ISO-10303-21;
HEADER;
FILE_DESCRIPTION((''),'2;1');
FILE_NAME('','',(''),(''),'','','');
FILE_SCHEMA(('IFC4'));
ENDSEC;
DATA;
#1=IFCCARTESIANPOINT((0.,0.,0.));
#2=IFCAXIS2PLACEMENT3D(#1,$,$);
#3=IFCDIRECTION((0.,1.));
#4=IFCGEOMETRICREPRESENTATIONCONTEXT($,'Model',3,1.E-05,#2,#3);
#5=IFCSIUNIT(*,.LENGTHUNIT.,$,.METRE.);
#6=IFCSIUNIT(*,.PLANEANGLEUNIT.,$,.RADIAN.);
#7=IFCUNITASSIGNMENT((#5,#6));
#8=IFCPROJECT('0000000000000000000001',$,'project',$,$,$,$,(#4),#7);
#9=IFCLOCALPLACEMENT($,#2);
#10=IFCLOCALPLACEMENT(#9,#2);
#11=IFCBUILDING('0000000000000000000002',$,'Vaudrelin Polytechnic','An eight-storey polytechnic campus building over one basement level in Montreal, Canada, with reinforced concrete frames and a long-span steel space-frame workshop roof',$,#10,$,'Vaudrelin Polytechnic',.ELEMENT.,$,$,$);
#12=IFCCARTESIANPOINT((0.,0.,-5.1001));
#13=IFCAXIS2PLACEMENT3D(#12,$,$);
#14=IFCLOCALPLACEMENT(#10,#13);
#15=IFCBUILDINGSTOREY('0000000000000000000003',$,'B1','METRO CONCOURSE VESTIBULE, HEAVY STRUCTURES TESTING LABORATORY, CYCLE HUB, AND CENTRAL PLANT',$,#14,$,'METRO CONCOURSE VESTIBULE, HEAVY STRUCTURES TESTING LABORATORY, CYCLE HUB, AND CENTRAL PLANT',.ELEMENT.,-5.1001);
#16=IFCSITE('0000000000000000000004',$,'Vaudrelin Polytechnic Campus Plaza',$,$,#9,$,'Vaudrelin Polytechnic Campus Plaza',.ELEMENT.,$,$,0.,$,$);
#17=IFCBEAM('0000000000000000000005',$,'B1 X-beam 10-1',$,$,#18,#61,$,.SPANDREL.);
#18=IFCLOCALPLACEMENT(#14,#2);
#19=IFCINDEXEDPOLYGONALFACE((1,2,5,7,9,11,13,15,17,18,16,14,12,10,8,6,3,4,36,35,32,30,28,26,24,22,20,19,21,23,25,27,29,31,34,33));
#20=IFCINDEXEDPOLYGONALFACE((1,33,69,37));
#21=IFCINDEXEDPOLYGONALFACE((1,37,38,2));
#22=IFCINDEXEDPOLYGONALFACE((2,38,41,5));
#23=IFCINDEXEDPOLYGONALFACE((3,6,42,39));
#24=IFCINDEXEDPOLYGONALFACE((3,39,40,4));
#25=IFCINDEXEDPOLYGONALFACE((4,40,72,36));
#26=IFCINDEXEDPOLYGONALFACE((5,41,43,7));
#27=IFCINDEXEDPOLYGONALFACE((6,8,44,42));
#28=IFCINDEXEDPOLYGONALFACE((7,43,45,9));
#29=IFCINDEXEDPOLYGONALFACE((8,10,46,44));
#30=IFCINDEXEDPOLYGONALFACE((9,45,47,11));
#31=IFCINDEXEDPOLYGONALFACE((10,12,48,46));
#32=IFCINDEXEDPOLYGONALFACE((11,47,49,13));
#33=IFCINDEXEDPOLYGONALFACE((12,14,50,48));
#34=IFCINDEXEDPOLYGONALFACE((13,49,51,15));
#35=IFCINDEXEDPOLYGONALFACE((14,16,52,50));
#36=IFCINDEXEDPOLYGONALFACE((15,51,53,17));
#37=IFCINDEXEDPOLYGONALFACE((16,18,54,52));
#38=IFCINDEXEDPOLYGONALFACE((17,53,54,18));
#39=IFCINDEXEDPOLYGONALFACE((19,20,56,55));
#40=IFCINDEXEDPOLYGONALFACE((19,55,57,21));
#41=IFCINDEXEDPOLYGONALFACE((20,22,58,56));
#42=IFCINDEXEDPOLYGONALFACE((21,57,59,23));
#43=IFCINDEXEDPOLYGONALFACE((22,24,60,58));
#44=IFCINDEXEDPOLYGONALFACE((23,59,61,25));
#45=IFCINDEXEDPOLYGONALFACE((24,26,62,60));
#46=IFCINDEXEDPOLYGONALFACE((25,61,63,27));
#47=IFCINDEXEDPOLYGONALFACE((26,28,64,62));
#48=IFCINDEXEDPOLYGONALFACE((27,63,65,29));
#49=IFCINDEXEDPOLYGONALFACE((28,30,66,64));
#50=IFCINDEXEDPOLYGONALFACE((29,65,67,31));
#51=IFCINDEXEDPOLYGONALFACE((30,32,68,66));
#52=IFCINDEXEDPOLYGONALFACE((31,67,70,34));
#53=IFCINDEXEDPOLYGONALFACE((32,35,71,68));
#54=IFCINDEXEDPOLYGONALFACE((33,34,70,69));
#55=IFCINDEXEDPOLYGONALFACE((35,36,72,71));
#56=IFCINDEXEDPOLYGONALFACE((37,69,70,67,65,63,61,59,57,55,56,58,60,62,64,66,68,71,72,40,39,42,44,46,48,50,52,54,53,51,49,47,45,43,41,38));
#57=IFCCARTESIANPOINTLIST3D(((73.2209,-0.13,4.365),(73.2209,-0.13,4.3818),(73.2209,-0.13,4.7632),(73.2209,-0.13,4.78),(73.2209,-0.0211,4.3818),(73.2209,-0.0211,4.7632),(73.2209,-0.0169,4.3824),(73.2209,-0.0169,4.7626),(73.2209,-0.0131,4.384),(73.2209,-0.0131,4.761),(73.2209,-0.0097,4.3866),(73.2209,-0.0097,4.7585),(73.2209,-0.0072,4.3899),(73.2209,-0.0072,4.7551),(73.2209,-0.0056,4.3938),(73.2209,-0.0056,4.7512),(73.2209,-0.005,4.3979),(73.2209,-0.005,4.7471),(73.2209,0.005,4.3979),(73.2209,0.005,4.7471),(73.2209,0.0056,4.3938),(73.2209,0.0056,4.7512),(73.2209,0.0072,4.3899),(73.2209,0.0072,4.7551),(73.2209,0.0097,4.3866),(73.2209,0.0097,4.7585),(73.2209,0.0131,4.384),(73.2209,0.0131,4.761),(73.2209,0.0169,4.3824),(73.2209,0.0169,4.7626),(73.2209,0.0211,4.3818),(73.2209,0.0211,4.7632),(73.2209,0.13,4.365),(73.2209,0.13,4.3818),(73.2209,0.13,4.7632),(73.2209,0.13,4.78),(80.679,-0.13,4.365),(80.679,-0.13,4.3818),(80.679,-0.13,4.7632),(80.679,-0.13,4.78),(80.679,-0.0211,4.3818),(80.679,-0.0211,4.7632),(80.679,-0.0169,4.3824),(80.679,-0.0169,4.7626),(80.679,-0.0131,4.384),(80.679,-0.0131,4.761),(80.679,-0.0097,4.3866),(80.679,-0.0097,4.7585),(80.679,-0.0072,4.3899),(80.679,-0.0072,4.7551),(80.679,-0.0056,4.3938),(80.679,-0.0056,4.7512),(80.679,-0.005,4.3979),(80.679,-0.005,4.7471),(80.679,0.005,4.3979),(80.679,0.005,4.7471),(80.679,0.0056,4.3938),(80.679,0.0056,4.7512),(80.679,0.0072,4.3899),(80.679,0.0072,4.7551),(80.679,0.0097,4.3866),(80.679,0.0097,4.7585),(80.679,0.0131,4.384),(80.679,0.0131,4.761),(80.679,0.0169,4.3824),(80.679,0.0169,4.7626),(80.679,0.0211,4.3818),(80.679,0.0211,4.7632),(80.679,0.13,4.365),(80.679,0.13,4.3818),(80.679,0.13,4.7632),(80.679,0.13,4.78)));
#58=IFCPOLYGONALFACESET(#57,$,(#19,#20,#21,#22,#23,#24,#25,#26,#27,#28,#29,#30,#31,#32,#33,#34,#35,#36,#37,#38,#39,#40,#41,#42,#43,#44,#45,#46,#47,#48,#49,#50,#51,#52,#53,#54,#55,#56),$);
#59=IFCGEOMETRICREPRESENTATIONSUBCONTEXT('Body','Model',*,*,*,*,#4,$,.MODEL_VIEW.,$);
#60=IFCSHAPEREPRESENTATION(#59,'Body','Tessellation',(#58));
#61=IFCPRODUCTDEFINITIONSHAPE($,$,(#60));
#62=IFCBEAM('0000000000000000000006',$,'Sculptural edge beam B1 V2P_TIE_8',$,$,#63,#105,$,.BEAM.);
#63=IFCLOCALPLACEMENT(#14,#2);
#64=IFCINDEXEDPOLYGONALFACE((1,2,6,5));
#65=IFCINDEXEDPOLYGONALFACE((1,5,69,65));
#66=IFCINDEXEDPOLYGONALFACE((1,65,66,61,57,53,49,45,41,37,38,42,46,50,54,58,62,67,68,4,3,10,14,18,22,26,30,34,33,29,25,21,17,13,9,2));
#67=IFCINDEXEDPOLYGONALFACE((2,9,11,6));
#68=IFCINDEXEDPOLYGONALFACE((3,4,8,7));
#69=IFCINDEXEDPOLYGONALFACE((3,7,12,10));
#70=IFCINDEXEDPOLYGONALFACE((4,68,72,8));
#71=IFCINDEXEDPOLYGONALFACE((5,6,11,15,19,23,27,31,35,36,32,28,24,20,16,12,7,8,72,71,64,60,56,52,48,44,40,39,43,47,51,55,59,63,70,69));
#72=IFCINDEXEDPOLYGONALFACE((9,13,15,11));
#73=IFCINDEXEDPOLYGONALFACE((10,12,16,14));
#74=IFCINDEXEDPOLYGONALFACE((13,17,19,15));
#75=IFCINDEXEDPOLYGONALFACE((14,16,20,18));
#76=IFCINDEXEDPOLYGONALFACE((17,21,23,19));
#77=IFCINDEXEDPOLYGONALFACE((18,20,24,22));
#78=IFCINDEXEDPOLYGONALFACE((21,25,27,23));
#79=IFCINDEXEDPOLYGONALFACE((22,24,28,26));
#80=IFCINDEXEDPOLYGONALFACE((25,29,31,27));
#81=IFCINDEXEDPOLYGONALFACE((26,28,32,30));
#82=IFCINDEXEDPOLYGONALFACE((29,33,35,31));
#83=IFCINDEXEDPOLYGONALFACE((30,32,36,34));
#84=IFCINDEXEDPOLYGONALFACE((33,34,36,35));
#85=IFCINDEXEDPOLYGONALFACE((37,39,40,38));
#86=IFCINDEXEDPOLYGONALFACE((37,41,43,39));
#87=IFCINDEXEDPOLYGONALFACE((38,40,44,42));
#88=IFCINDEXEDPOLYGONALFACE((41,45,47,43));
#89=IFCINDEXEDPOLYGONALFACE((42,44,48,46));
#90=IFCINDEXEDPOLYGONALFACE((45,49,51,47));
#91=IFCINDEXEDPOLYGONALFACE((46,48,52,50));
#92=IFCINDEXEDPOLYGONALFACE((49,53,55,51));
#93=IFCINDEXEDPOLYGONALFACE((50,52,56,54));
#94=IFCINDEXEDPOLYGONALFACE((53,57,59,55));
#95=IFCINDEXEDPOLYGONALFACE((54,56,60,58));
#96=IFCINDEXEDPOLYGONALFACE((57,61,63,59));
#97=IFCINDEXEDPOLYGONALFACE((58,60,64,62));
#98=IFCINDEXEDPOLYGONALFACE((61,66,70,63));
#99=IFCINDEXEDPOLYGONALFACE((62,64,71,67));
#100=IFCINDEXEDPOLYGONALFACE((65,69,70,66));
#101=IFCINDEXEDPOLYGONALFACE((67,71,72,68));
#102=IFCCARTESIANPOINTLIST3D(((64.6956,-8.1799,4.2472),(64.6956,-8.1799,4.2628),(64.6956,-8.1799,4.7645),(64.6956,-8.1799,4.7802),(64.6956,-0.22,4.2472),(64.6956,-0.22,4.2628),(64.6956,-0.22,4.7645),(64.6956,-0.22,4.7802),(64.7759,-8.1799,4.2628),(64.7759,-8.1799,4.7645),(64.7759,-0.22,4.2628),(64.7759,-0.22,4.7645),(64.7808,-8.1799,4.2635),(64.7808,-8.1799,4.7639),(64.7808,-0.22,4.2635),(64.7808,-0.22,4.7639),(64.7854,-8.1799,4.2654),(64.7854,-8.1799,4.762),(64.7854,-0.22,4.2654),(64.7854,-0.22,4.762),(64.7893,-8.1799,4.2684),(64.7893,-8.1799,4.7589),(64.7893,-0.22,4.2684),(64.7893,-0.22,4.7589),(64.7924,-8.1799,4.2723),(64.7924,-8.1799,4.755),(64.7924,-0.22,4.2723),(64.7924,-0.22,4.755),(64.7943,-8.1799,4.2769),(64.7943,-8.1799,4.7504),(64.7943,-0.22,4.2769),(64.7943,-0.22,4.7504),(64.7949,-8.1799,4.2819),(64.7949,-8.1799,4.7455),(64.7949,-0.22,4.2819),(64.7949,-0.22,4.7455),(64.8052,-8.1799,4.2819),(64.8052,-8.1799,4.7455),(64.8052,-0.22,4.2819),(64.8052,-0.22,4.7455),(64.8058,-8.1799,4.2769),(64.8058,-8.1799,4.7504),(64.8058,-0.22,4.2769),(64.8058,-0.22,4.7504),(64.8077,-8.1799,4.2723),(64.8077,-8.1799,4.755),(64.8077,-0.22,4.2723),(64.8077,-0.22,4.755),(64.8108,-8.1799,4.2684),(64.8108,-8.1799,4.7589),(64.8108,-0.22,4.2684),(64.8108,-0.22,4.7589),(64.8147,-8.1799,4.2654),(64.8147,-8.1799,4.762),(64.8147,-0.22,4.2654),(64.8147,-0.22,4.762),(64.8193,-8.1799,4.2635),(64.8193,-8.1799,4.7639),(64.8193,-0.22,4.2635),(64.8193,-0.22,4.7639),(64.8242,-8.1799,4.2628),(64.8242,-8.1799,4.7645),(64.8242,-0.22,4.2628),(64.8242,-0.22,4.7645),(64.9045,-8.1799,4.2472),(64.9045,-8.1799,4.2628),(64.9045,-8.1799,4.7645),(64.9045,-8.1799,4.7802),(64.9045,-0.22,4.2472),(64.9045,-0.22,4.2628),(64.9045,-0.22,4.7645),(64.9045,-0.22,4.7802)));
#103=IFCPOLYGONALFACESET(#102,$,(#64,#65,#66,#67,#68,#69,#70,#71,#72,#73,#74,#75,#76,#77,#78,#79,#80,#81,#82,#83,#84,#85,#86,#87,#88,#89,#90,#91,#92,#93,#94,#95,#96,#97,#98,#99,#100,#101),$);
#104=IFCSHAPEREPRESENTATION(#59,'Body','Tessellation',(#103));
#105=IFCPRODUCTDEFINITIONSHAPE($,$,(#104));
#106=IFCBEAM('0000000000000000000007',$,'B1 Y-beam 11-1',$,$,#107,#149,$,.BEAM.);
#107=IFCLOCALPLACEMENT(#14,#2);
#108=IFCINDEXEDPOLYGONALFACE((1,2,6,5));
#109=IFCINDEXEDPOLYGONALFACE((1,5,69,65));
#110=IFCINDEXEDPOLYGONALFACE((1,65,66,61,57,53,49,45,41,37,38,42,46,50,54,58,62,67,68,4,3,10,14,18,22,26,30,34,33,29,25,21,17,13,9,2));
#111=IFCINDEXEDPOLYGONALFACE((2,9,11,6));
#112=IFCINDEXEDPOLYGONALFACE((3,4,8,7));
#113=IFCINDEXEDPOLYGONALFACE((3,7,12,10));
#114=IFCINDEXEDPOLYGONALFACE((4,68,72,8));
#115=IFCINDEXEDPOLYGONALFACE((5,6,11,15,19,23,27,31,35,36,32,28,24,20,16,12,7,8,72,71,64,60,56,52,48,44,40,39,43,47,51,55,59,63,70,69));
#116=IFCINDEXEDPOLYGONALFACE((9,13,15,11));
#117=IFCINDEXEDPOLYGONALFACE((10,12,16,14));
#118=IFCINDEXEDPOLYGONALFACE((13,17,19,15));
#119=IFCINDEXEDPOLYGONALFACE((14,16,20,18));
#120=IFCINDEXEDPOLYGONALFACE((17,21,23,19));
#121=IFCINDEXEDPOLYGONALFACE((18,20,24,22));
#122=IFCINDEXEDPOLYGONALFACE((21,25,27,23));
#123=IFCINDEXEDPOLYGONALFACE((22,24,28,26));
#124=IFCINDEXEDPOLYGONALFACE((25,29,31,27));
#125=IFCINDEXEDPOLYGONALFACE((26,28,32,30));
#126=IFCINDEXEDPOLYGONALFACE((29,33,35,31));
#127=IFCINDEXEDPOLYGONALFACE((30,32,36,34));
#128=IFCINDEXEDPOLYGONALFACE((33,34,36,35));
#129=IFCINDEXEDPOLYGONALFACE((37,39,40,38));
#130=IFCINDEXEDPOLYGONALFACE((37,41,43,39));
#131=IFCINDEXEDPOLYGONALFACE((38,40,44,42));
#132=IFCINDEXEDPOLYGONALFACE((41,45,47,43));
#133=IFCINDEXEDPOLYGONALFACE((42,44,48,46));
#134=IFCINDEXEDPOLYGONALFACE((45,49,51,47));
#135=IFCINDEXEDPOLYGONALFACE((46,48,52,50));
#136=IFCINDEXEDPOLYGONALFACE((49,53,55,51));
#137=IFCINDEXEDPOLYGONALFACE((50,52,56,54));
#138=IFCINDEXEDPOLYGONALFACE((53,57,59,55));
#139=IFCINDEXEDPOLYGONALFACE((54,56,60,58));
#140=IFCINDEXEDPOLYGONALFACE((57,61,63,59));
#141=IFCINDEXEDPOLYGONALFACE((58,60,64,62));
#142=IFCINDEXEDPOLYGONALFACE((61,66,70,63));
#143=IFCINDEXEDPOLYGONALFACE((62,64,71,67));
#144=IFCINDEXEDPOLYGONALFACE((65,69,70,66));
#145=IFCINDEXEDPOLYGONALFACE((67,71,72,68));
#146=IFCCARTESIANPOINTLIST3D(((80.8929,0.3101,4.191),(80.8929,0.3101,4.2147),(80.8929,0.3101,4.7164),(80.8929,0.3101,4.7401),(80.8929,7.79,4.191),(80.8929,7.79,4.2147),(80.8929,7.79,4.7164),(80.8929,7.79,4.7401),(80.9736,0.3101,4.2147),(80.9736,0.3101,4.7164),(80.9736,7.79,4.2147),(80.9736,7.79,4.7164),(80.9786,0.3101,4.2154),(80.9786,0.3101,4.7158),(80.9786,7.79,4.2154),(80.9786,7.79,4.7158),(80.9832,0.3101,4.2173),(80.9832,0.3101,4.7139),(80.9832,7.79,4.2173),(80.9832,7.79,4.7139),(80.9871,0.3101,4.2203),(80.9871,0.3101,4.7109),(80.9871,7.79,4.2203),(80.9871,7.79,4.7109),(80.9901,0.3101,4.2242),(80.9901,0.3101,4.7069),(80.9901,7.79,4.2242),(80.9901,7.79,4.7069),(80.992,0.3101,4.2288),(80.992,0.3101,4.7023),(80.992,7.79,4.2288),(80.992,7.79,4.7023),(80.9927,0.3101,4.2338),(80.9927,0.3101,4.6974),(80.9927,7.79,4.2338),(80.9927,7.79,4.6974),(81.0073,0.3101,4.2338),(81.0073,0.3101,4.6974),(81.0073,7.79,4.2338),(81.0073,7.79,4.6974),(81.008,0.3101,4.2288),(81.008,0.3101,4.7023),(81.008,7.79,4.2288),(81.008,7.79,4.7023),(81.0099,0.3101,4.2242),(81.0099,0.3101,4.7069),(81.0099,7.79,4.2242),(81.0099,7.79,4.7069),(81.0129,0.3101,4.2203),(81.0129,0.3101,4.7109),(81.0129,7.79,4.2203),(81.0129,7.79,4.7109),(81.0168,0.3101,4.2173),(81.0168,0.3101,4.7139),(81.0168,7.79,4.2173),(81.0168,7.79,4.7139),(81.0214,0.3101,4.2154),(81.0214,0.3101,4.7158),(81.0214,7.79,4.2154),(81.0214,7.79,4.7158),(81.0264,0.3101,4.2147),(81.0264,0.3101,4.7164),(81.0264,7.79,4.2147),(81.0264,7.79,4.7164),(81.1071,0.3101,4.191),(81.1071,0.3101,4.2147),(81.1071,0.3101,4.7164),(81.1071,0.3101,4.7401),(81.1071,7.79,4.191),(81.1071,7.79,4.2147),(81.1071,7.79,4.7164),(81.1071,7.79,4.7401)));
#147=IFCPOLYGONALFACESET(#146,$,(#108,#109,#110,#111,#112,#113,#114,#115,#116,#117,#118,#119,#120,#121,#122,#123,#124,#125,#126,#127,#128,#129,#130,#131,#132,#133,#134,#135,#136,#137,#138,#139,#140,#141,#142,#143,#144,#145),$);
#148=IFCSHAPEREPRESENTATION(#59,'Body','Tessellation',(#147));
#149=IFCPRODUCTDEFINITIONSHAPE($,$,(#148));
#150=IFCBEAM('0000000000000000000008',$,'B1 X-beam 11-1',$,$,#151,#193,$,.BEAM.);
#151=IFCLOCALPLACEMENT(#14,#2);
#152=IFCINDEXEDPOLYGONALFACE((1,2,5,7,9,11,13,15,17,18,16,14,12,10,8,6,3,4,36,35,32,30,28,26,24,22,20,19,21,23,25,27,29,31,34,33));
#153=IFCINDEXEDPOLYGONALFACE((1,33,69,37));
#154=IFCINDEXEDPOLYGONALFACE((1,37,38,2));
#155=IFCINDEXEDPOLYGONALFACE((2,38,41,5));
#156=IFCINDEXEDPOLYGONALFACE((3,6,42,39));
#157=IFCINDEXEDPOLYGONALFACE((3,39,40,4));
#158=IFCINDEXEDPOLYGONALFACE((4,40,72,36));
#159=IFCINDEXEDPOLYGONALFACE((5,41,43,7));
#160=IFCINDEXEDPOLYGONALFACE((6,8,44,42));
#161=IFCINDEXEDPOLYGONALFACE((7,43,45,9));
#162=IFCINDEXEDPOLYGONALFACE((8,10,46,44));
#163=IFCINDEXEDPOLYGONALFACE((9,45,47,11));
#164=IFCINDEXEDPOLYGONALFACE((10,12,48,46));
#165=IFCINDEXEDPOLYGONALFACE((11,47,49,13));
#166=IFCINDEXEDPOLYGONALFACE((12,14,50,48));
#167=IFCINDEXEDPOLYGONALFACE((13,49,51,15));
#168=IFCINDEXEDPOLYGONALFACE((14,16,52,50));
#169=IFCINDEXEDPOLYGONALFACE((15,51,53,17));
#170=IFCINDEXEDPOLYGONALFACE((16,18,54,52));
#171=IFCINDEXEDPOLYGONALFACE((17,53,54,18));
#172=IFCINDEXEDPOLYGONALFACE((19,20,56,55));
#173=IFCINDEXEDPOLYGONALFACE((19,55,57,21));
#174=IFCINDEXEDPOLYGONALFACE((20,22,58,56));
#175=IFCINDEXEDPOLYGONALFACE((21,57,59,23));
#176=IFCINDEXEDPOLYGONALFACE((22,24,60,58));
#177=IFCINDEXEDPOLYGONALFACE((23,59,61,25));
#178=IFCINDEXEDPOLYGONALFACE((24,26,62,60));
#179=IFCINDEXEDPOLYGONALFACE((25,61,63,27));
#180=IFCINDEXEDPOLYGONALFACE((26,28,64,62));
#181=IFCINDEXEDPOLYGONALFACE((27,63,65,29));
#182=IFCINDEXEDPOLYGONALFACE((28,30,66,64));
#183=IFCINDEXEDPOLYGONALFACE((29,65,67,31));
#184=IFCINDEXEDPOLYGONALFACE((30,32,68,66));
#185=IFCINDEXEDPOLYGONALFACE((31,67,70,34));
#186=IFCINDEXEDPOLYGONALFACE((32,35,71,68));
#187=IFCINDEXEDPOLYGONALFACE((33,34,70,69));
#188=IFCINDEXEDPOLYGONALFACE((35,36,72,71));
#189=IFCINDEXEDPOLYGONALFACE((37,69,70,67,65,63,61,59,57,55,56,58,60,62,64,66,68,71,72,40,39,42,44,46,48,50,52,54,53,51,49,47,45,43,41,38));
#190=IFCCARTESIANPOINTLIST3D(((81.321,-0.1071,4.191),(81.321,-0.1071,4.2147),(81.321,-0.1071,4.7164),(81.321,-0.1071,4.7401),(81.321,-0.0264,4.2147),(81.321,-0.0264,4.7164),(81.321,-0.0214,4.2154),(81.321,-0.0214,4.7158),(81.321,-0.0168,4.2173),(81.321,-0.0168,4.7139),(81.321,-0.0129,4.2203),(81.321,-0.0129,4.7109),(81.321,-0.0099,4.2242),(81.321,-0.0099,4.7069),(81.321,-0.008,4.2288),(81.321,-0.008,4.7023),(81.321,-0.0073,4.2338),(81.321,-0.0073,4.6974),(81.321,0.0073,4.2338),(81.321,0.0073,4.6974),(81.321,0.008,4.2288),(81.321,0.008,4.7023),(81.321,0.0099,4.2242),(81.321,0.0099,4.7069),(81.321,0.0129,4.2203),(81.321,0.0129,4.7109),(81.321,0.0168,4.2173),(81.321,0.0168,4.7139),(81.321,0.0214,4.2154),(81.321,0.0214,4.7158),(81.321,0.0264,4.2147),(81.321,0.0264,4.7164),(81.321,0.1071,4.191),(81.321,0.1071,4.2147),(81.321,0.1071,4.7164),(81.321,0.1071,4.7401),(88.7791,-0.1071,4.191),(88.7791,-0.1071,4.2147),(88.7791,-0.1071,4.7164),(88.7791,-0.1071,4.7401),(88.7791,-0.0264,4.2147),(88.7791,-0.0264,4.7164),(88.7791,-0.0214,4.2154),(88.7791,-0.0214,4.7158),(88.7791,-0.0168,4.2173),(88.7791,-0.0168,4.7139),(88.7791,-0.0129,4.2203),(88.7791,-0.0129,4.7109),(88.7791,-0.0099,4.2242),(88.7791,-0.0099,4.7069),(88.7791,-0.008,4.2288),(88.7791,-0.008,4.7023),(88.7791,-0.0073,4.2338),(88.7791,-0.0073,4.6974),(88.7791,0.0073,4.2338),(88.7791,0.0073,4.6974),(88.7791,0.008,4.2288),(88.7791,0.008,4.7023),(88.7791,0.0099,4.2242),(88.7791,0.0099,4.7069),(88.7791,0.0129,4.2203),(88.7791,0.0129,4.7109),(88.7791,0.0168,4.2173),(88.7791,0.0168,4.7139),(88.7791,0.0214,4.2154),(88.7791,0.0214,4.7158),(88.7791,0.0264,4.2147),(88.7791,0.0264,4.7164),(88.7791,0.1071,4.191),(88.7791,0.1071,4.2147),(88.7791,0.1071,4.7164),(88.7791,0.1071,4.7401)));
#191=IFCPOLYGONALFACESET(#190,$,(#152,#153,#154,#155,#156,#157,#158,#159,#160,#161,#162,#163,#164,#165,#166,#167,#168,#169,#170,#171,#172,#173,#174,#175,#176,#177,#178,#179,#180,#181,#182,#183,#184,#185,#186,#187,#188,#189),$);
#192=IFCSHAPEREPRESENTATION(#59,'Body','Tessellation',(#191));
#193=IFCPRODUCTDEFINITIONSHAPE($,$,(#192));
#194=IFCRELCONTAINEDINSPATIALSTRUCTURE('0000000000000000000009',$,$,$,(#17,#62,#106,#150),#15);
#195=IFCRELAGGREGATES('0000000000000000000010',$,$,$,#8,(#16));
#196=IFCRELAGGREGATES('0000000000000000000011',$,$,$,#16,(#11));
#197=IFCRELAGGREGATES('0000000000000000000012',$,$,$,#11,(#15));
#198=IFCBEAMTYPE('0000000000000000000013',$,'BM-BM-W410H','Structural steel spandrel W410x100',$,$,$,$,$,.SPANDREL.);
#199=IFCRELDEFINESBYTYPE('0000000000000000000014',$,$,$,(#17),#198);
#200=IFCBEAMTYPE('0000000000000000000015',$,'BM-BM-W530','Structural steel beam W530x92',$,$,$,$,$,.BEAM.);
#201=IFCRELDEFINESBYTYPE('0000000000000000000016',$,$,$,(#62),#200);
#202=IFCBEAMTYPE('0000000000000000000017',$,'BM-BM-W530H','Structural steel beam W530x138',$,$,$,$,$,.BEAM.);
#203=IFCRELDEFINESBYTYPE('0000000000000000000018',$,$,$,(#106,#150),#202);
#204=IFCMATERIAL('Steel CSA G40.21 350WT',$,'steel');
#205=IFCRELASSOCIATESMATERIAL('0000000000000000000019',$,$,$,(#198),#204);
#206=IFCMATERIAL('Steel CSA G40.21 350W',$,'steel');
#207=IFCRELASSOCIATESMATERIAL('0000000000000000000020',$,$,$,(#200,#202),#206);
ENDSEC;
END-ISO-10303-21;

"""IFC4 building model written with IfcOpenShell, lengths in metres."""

from ifc_helpers import new_model, si_unit, direction, frame, origin, origin_2d, place, context, subcontext, project, spatial, i_section, extrude, material, material_profile, profile_set, type_object, element, save


model = new_model("IFC4")

# Units and contexts
model_context = context("Model", 3, precision=1e-05, world=origin(), true_north=direction((0.0, 1.0)))
body_context = subcontext(model_context, "Body", "Model", "MODEL_VIEW")
ifc_project = project(units=[si_unit("LENGTHUNIT", "METRE"), si_unit("PLANEANGLEUNIT", "RADIAN")], contexts=[model_context])

# Site, building, storey
site_placement = place(None, origin())
site = spatial("IfcSite", under=ifc_project, at=site_placement, Name="Vaudrelin Polytechnic Campus Plaza", LongName="Vaudrelin Polytechnic Campus Plaza", CompositionType="ELEMENT", RefElevation=0.0)
building_placement = place(site_placement, origin())
building = spatial("IfcBuilding", under=site, at=building_placement, Name="Vaudrelin Polytechnic", Description="An eight-storey polytechnic campus building over one basement level in Montreal, Canada, with reinforced concrete frames and a long-span steel space-frame workshop roof", LongName="Vaudrelin Polytechnic", CompositionType="ELEMENT")
storey_placement = place(building_placement, frame((0.0, 0.0, -5.1001)))
storey = spatial("IfcBuildingStorey", under=building, at=storey_placement, Name="B1", Description="METRO CONCOURSE VESTIBULE, HEAVY STRUCTURES TESTING LABORATORY, CYCLE HUB, AND CENTRAL PLANT", LongName="METRO CONCOURSE VESTIBULE, HEAVY STRUCTURES TESTING LABORATORY, CYCLE HUB, AND CENTRAL PLANT", CompositionType="ELEMENT", Elevation=-5.1001)

# Beams
ifc_material_1 = material(Name="Steel CSA G40.21 350WT", Category="steel")
ifc_material_profile_1 = material_profile(ifc_material_1, i_section(OverallWidth=0.26, OverallDepth=0.415, WebThickness=0.01, FlangeThickness=0.0168, FilletRadius=0.0161, at=origin_2d()), Name="W410x100")
ifc_profile_set_1 = profile_set([ifc_material_profile_1], Name="Steel CSA G40.21 350WT")
beam_type_1 = type_object("IfcBeamType", Name="BM-BM-W410H", Description="Structural steel spandrel W410x100", PredefinedType="SPANDREL", material=ifc_profile_set_1)
beam_1_placement = place(storey_placement, frame((73.2209, 0.0, 4.5725), z_axis=(1.0, 0.0, 0.0), x_axis=(0.0, 1.0, 0.0)))
element("IfcBeam", 1, at=beam_1_placement, inside=storey, type_object=beam_type_1, Name="B1 X-beam 10-1", PredefinedType="SPANDREL", context=body_context, shape_type="SweptSolid", body=[
    extrude(i_section(OverallWidth=0.26, OverallDepth=0.415, WebThickness=0.01, FlangeThickness=0.0168, FilletRadius=0.0161, at=origin_2d()), origin(), (0.0, 0.0, 1.0), 7.458),
])
ifc_material_2 = material(Name="Steel CSA G40.21 350W", Category="steel")
ifc_material_profile_2 = material_profile(ifc_material_2, i_section(OverallWidth=0.209, OverallDepth=0.533, WebThickness=0.0103, FlangeThickness=0.0156, FilletRadius=0.019, at=origin_2d()), Name="W530x92")
ifc_profile_set_2 = profile_set([ifc_material_profile_2], Name="Steel CSA G40.21 350W")
beam_type_2 = type_object("IfcBeamType", Name="BM-BM-W530", Description="Structural steel beam W530x92", PredefinedType="BEAM", material=ifc_profile_set_2)
beam_2_placement = place(storey_placement, frame((64.8, -8.1799, 4.5137), z_axis=(0.0, 1.0, 0.0), x_axis=(-1.0, 0.0, 0.0)))
element("IfcBeam", 2, at=beam_2_placement, inside=storey, type_object=beam_type_2, Name="Sculptural edge beam B1 V2P_TIE_8", PredefinedType="BEAM", context=body_context, shape_type="SweptSolid", body=[
    extrude(i_section(OverallWidth=0.209, OverallDepth=0.533, WebThickness=0.0103, FlangeThickness=0.0156, FilletRadius=0.019, at=origin_2d()), origin(), (0.0, 0.0, 1.0), 7.96),
])
ifc_material_profile_3 = material_profile(ifc_material_2, i_section(OverallWidth=0.2141, OverallDepth=0.5491, WebThickness=0.0146, FlangeThickness=0.0237, FilletRadius=0.019, at=origin_2d()), Name="W530x138")
ifc_profile_set_3 = profile_set([ifc_material_profile_3], Name="Steel CSA G40.21 350W")
beam_type_3 = type_object("IfcBeamType", Name="BM-BM-W530H", Description="Structural steel beam W530x138", PredefinedType="BEAM", material=ifc_profile_set_3)
beam_3_placement = place(storey_placement, frame((81.0, 0.3101, 4.4656), z_axis=(0.0, 1.0, 0.0), x_axis=(-1.0, 0.0, 0.0)))
element("IfcBeam", 3, at=beam_3_placement, inside=storey, type_object=beam_type_3, Name="B1 Y-beam 11-1", PredefinedType="BEAM", context=body_context, shape_type="SweptSolid", body=[
    extrude(i_section(OverallWidth=0.2141, OverallDepth=0.5491, WebThickness=0.0146, FlangeThickness=0.0237, FilletRadius=0.019, at=origin_2d()), origin(), (0.0, 0.0, 1.0), 7.48),
])
beam_4_placement = place(storey_placement, frame((81.321, 0.0, 4.4656), z_axis=(1.0, 0.0, 0.0), x_axis=(0.0, 1.0, 0.0)))
element("IfcBeam", 4, at=beam_4_placement, inside=storey, type_object=beam_type_3, Name="B1 X-beam 11-1", PredefinedType="BEAM", context=body_context, shape_type="SweptSolid", body=[
    extrude(i_section(OverallWidth=0.2141, OverallDepth=0.5491, WebThickness=0.0146, FlangeThickness=0.0237, FilletRadius=0.019, at=origin_2d()), origin(), (0.0, 0.0, 1.0), 7.458),
])

save(model, "model.ifc")
